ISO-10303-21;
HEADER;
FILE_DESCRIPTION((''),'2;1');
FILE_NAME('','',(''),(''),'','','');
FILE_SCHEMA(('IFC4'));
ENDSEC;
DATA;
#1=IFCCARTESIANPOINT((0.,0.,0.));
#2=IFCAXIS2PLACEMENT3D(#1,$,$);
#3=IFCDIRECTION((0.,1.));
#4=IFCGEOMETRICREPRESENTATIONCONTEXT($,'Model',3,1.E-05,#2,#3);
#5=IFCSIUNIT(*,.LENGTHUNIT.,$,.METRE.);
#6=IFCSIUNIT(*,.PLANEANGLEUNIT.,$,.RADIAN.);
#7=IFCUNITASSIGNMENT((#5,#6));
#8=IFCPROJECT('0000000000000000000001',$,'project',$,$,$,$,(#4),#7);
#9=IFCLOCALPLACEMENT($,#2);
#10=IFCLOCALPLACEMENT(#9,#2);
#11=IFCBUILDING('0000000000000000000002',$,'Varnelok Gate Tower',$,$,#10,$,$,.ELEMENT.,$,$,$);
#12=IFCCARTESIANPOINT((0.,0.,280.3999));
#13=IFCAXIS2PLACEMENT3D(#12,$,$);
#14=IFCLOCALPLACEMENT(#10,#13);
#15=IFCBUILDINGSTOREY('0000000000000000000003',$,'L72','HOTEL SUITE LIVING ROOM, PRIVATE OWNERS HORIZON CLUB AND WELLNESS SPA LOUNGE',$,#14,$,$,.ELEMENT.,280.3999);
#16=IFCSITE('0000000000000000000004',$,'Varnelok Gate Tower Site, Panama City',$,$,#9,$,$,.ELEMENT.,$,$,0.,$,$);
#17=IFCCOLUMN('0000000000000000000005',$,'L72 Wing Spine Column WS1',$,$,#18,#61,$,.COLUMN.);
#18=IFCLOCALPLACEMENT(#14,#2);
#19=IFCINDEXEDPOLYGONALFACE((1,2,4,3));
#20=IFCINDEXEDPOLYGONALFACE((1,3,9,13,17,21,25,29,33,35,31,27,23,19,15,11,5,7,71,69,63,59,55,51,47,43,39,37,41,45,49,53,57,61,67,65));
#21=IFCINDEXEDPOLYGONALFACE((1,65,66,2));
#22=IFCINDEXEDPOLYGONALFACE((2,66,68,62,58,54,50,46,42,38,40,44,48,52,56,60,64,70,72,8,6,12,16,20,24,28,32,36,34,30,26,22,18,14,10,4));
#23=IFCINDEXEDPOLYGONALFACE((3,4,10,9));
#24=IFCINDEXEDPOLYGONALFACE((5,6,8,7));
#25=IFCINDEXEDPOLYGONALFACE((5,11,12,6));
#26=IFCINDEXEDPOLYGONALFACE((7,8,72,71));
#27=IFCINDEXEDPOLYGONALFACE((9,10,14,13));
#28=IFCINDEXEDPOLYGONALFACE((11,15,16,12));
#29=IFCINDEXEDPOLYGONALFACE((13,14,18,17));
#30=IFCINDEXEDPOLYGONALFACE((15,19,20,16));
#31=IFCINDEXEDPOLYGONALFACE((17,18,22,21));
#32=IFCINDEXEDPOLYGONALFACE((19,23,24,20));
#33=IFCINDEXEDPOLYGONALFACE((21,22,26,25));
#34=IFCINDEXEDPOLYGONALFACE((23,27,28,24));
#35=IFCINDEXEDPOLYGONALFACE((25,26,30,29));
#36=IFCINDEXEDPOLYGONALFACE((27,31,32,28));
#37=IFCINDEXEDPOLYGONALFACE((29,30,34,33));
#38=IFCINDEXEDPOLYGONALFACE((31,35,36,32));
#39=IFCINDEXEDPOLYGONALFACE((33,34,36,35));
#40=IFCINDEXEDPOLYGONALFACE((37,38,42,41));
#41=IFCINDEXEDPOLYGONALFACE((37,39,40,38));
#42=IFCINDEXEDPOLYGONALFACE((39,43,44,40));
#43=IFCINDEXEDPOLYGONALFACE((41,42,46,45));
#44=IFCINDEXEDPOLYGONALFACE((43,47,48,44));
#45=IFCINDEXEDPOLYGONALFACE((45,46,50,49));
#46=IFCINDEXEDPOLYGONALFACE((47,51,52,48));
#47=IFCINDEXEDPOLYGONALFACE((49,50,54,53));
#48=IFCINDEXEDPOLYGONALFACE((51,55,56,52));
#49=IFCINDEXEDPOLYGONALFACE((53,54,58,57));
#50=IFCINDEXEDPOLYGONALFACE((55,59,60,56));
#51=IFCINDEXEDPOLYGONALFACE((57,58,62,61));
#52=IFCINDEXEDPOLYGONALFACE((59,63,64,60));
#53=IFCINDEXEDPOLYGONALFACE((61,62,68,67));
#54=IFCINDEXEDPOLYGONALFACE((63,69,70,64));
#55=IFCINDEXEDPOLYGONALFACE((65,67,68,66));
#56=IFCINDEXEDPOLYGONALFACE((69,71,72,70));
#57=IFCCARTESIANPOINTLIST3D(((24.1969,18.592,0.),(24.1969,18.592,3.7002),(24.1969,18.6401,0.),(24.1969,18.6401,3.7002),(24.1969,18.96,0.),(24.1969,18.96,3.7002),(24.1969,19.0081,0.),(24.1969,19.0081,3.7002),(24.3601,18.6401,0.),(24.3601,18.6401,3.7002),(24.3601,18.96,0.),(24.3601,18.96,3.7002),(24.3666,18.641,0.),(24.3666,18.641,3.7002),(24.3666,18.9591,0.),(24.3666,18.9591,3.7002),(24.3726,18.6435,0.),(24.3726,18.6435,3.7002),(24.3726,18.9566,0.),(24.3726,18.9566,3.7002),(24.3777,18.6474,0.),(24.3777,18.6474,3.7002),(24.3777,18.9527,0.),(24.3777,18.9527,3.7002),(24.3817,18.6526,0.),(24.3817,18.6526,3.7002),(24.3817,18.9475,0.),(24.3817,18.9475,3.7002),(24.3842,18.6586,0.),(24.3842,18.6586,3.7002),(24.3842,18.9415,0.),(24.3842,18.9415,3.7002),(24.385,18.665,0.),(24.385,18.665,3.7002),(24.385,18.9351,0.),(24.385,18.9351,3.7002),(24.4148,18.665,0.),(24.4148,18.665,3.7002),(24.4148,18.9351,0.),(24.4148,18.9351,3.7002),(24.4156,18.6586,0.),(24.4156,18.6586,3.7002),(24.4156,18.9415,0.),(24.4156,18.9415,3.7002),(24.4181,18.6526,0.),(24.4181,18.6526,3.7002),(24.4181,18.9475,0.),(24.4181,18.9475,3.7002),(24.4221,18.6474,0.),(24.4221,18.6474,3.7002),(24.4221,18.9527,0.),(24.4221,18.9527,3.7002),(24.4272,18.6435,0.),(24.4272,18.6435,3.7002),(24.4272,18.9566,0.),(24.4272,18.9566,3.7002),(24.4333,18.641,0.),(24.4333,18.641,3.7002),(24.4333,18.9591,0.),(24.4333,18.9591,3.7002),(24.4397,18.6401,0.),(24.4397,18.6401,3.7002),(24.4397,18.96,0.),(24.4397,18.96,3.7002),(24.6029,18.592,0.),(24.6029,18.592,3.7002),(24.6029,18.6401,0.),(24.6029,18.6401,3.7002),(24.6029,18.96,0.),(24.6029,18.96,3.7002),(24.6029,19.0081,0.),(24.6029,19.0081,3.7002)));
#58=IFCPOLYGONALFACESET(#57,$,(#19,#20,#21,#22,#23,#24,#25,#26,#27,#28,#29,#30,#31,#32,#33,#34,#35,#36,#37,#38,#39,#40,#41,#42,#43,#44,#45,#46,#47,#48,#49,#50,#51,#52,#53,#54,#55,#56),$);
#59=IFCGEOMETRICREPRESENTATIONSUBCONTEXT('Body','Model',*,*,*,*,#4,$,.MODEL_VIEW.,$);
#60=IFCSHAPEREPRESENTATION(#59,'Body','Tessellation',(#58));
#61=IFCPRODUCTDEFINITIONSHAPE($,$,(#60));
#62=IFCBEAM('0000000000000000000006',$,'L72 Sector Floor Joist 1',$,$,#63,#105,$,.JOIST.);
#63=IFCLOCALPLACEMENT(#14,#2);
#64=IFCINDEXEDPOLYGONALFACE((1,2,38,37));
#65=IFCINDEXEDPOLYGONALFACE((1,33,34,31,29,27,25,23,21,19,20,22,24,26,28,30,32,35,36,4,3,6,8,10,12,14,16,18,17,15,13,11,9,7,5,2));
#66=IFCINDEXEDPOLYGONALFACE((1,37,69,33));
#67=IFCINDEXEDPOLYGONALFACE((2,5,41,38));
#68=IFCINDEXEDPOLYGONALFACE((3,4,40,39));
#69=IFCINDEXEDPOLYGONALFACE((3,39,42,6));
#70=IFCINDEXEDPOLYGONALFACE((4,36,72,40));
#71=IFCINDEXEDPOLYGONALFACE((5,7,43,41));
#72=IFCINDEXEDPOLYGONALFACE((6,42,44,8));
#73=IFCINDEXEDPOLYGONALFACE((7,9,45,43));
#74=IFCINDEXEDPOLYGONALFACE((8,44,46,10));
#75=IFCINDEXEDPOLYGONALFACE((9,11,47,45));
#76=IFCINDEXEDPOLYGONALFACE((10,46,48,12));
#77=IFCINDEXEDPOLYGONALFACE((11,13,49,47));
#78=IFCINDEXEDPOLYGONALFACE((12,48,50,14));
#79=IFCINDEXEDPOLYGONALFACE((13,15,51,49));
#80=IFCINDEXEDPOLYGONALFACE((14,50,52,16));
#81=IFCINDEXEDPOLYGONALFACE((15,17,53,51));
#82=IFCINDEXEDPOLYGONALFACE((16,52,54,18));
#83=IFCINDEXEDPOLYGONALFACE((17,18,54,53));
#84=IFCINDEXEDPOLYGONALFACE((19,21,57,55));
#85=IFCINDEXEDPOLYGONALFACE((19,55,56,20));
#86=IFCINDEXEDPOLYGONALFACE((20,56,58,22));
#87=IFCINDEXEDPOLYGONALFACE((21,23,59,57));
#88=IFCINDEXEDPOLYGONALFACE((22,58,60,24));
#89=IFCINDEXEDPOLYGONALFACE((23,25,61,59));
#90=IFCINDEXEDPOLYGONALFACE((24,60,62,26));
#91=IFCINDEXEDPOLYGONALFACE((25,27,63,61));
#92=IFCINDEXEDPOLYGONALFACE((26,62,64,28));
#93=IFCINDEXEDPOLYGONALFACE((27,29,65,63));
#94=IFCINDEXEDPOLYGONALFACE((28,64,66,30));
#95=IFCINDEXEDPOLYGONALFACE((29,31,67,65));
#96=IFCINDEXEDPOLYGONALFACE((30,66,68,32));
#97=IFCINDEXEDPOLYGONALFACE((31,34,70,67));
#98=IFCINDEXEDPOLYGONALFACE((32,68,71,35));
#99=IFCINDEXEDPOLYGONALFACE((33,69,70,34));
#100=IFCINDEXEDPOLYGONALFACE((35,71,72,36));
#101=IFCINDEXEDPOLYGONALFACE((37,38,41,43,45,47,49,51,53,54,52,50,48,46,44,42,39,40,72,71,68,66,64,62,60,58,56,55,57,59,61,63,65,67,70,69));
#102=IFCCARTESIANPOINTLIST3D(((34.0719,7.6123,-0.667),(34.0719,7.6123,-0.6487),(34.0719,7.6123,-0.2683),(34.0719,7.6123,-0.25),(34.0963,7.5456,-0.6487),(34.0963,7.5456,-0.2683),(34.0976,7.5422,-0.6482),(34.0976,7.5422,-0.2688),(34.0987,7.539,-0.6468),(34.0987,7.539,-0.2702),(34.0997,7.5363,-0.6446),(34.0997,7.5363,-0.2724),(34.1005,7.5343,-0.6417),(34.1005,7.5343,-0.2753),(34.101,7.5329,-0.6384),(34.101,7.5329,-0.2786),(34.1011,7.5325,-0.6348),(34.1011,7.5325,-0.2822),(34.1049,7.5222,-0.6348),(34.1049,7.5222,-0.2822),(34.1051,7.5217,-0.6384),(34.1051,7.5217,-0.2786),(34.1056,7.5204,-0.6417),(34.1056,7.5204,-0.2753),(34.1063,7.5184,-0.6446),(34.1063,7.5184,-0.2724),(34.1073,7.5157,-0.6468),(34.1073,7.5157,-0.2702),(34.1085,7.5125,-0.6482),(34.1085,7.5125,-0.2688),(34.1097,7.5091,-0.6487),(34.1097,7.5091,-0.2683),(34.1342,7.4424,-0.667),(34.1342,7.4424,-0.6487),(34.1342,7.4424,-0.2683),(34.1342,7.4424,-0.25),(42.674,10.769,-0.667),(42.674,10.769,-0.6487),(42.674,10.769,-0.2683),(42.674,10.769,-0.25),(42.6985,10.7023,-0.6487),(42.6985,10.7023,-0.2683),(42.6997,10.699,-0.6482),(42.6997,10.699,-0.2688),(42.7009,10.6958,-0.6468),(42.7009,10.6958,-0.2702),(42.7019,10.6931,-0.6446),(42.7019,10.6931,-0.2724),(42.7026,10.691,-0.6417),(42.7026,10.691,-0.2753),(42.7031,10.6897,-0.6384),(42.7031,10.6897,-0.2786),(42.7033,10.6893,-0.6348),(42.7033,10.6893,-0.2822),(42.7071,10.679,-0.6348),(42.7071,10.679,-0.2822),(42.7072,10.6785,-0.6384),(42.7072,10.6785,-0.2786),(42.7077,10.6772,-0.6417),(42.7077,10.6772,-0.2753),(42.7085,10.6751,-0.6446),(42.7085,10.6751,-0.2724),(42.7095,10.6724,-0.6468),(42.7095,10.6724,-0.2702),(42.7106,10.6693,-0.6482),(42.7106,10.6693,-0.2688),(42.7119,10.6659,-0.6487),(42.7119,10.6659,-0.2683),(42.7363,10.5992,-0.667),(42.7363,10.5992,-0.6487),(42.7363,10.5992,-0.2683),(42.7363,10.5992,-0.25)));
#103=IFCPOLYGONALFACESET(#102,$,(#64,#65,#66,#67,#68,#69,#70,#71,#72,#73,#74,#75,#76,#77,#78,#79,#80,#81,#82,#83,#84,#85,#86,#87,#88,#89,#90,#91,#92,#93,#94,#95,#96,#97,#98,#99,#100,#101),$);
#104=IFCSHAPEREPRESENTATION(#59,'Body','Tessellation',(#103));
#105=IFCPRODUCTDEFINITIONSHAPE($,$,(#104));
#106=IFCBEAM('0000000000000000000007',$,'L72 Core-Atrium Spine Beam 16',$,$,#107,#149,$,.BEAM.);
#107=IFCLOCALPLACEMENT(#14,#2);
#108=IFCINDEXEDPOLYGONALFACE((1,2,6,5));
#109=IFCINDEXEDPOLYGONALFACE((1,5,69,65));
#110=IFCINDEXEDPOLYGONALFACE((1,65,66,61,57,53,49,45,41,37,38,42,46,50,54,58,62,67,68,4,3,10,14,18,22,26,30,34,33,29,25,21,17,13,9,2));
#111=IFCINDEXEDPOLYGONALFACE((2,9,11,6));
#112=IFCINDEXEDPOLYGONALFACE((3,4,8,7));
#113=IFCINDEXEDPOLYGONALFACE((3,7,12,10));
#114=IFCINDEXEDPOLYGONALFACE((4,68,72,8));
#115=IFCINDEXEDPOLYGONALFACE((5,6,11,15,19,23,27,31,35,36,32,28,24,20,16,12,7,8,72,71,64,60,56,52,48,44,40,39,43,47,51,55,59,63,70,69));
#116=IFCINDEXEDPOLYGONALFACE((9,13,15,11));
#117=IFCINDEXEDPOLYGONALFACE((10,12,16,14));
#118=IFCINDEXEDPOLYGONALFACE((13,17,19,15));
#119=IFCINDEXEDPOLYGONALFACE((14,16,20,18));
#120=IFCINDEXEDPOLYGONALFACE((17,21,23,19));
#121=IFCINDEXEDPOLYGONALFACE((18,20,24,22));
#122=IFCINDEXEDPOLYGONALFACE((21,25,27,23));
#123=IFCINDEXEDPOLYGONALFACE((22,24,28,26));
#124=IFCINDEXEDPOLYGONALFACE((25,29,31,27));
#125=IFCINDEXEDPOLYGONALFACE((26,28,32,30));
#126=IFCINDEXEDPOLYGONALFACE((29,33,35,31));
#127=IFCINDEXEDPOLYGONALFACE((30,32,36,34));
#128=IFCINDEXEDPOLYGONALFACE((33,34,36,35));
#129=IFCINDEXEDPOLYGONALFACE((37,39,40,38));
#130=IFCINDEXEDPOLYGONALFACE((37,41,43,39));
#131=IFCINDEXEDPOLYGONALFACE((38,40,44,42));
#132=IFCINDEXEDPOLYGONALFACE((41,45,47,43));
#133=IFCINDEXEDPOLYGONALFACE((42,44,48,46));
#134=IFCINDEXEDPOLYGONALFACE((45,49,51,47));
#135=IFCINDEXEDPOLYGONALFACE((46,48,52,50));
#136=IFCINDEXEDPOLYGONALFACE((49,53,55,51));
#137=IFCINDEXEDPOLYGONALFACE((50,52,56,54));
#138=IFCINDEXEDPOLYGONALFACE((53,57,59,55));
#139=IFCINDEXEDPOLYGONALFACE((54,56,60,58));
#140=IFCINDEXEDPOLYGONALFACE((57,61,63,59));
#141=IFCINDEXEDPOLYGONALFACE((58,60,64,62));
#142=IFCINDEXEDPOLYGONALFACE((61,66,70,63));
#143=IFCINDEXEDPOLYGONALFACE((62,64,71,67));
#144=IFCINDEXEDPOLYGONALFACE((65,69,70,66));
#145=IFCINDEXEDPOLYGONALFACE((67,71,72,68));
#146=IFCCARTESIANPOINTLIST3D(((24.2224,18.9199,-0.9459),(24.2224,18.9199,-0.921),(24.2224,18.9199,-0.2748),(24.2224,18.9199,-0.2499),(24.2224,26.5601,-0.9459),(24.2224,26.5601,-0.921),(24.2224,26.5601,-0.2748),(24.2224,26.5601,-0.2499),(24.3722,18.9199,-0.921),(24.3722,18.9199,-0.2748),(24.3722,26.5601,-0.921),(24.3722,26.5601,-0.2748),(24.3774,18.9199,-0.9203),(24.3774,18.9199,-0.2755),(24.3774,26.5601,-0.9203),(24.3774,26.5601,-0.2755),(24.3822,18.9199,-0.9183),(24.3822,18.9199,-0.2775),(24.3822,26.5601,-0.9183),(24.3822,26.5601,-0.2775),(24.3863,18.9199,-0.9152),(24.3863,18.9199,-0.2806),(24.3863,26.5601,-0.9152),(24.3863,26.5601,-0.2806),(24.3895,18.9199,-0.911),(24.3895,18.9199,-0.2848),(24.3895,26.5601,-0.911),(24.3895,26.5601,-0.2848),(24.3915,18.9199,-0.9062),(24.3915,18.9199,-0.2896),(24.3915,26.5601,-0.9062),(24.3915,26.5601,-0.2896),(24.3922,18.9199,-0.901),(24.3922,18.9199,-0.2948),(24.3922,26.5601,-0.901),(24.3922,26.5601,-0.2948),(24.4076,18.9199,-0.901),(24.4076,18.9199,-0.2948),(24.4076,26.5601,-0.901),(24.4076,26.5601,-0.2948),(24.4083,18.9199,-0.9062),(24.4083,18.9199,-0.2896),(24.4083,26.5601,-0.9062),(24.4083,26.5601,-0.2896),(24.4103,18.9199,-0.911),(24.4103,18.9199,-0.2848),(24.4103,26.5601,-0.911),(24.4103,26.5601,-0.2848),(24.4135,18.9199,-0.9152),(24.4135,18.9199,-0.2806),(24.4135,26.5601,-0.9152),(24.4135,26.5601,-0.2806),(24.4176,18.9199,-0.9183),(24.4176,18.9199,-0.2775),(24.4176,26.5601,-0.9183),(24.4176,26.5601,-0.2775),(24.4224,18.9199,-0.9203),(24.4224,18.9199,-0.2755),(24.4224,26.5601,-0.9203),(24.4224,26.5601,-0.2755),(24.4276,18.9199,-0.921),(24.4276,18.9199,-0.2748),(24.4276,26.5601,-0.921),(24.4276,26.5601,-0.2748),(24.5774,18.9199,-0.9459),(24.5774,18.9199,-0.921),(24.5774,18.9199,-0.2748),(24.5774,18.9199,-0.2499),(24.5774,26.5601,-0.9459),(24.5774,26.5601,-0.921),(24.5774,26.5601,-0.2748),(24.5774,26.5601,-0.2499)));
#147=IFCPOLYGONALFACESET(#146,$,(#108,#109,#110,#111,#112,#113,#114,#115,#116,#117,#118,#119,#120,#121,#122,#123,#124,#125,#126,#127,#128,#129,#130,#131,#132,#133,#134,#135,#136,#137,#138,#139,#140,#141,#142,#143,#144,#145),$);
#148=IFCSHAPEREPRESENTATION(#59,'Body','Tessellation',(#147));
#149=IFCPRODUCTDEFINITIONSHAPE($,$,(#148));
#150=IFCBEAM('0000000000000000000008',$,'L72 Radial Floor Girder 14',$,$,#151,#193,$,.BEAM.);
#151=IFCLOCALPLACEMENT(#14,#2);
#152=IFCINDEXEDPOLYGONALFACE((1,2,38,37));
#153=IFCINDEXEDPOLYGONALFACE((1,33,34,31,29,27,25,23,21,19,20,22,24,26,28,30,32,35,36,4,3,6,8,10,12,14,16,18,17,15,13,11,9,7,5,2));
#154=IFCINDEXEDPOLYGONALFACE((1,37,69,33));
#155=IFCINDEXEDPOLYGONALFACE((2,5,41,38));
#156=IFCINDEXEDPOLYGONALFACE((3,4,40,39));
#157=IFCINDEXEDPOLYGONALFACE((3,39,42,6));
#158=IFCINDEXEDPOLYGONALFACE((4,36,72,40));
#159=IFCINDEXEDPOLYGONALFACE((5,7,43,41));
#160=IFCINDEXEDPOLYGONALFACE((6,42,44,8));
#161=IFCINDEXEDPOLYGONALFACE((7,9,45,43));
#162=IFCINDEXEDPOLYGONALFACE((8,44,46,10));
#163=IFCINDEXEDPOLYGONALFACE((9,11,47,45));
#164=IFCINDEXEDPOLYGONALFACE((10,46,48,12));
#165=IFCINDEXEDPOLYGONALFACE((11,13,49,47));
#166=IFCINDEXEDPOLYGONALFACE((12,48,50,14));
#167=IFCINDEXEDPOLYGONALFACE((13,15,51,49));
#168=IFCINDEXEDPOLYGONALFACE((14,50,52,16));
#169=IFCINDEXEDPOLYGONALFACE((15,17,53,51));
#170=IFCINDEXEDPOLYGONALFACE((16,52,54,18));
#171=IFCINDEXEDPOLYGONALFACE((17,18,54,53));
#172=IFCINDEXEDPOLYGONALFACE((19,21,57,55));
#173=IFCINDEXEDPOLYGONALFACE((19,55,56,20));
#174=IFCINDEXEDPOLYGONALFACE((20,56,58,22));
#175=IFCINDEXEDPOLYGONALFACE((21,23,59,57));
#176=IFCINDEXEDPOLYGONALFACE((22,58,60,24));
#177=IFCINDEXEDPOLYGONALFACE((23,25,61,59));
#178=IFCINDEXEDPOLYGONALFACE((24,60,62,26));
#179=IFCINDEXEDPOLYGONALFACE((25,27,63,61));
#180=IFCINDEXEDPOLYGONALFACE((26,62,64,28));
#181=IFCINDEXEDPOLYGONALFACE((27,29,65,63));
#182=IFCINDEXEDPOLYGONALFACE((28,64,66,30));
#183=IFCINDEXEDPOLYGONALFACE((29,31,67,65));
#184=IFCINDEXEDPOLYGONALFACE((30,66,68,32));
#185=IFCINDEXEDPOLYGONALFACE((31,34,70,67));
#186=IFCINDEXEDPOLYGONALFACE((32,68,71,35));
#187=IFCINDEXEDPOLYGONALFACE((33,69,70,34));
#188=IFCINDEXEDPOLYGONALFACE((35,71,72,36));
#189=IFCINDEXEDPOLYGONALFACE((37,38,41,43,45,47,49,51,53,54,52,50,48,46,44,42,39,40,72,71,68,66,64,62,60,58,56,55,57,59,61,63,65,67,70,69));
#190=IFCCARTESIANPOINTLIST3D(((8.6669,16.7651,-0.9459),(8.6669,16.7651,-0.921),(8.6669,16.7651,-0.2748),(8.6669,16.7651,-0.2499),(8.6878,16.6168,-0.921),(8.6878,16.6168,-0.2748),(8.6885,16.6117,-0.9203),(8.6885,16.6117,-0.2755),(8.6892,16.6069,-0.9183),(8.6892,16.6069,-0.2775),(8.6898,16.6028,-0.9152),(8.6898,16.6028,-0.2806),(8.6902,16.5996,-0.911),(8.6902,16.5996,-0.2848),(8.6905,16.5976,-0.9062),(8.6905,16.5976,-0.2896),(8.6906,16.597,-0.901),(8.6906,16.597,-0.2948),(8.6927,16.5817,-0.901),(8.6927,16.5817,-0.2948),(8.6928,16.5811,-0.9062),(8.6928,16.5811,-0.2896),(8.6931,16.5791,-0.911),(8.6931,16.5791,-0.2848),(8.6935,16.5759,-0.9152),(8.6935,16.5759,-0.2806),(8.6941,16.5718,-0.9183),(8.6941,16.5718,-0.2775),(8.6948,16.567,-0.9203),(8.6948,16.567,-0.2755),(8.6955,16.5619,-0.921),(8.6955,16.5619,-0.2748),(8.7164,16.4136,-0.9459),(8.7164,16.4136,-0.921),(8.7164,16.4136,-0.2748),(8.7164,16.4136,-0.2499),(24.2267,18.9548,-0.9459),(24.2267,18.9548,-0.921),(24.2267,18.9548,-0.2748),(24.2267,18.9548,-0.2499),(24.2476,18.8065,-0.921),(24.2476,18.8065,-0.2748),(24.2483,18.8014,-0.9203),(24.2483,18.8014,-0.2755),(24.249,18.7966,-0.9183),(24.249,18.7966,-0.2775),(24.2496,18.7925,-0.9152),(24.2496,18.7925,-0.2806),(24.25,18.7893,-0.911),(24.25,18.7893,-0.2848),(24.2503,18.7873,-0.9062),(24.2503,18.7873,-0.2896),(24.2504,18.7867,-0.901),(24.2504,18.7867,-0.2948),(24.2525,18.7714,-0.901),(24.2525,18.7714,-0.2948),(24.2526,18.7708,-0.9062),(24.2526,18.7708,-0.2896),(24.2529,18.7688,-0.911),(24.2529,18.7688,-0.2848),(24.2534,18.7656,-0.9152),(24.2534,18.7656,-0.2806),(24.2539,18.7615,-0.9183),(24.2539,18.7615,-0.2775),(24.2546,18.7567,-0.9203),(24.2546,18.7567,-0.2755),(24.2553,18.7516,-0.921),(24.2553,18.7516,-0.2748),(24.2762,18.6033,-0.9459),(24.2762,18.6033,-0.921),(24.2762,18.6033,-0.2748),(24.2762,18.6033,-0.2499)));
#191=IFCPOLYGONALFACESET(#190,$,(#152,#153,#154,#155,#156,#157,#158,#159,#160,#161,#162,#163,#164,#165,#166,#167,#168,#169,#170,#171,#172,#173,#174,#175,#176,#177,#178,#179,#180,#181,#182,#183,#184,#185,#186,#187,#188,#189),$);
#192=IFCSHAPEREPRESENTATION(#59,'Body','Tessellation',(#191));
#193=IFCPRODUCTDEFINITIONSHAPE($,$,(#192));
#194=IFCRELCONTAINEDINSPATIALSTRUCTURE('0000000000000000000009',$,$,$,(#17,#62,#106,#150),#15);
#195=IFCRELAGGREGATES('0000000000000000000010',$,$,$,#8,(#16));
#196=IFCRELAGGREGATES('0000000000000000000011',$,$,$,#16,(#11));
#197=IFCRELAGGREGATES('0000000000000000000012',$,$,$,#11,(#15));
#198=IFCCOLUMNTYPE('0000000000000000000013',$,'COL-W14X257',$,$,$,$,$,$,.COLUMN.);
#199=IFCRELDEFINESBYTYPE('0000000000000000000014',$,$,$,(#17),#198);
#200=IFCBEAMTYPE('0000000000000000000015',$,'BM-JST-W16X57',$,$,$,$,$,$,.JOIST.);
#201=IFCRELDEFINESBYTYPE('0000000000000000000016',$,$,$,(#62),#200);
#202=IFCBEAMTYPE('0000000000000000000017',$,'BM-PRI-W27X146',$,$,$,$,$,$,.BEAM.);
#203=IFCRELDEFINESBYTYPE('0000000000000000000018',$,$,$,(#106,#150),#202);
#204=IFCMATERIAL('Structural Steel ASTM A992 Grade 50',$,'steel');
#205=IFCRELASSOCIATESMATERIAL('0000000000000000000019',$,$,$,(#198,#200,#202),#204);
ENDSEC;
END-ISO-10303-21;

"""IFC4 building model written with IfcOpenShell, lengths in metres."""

from ifc_helpers import new_model, si_unit, direction, frame, origin, origin_2d, place, context, subcontext, project, spatial, i_section, extrude, material, material_profile, profile_set, type_object, element, save


model = new_model("IFC4")

# Units and contexts
model_context = context("Model", 3, precision=1e-05, world=origin(), true_north=direction((0.0, 1.0)))
body_context = subcontext(model_context, "Body", "Model", "MODEL_VIEW")
ifc_project = project(units=[si_unit("LENGTHUNIT", "METRE"), si_unit("PLANEANGLEUNIT", "RADIAN")], contexts=[model_context])

# Site, building, storey
site_placement = place(None, origin())
site = spatial("IfcSite", under=ifc_project, at=site_placement, Name="Varnelok Gate Tower Site, Panama City", CompositionType="ELEMENT", RefElevation=0.0)
building_placement = place(site_placement, origin())
building = spatial("IfcBuilding", under=site, at=building_placement, Name="Varnelok Gate Tower", CompositionType="ELEMENT")
storey_placement = place(building_placement, frame((0.0, 0.0, 280.3999)))
storey = spatial("IfcBuildingStorey", under=building, at=storey_placement, Name="L72", Description="HOTEL SUITE LIVING ROOM, PRIVATE OWNERS HORIZON CLUB AND WELLNESS SPA LOUNGE", CompositionType="ELEMENT", Elevation=280.3999)

# Column
ifc_material_1 = material(Name="Structural Steel ASTM A992 Grade 50", Category="steel")
ifc_material_profile_1 = material_profile(ifc_material_1, i_section(OverallWidth=0.406, OverallDepth=0.416, WebThickness=0.0298, FlangeThickness=0.0481, FilletRadius=0.0249, at=origin_2d()), Name="W14X257")
ifc_profile_set_1 = profile_set([ifc_material_profile_1], Name="Structural Steel ASTM A992 Grade 50")
column_type = type_object("IfcColumnType", Name="COL-W14X257", PredefinedType="COLUMN", material=ifc_profile_set_1)
column_placement = place(storey_placement, frame((24.3999, 18.8, 0.0), z_axis=(0.0, 0.0, 1.0), x_axis=(1.0, 0.0, 0.0)))
element("IfcColumn", 1, at=column_placement, inside=storey, type_object=column_type, Name="L72 Wing Spine Column WS1", PredefinedType="COLUMN", context=body_context, shape_type="SweptSolid", body=[
    extrude(i_section(OverallWidth=0.406, OverallDepth=0.416, WebThickness=0.0298, FlangeThickness=0.0481, FilletRadius=0.0249, at=origin_2d()), origin(), (0.0, 0.0, 1.0), 3.7002),
])

# Beams
ifc_material_profile_2 = material_profile(ifc_material_1, i_section(OverallWidth=0.1809, OverallDepth=0.417, WebThickness=0.011, FlangeThickness=0.0183, FilletRadius=0.0139, at=origin_2d()), Name="W16X57")
ifc_profile_set_2 = profile_set([ifc_material_profile_2], Name="Structural Steel ASTM A992 Grade 50")
beam_type_1 = type_object("IfcBeamType", Name="BM-JST-W16X57", PredefinedType="JOIST", material=ifc_profile_set_2)
beam_1_placement = place(storey_placement, frame((34.103, 7.5273, -0.4585), z_axis=(0.938783, 0.34451, 0.0), x_axis=(-0.34451, 0.938783, 0.0)))
element("IfcBeam", 2, at=beam_1_placement, inside=storey, type_object=beam_type_1, Name="L72 Sector Floor Joist 1", PredefinedType="JOIST", context=body_context, shape_type="SweptSolid", body=[
    extrude(i_section(OverallWidth=0.1809, OverallDepth=0.417, WebThickness=0.011, FlangeThickness=0.0183, FilletRadius=0.0139, at=origin_2d()), origin(), (0.0, 0.0, 1.0), 9.1631),
])
ifc_material_profile_3 = material_profile(ifc_material_1, i_section(OverallWidth=0.355, OverallDepth=0.696, WebThickness=0.0154, FlangeThickness=0.0249, FilletRadius=0.02, at=origin_2d()), Name="W27X146")
ifc_profile_set_3 = profile_set([ifc_material_profile_3], Name="Structural Steel ASTM A992 Grade 50")
beam_type_2 = type_object("IfcBeamType", Name="BM-PRI-W27X146", PredefinedType="BEAM", material=ifc_profile_set_3)
beam_2_placement = place(storey_placement, frame((24.3999, 18.9199, -0.5979), z_axis=(0.0, 1.0, 0.0), x_axis=(-1.0, 0.0, 0.0)))
element("IfcBeam", 3, at=beam_2_placement, inside=storey, type_object=beam_type_2, Name="L72 Core-Atrium Spine Beam 16", PredefinedType="BEAM", context=body_context, shape_type="SweptSolid", body=[
    extrude(i_section(OverallWidth=0.355, OverallDepth=0.696, WebThickness=0.0154, FlangeThickness=0.0249, FilletRadius=0.02, at=origin_2d()), origin(), (0.0, 0.0, 1.0), 7.6401),
])
beam_3_placement = place(storey_placement, frame((24.2515, 18.7791, -0.5979), z_axis=(-0.990243, -0.139355, 0.0), x_axis=(0.139355, -0.990243, 0.0)))
element("IfcBeam", 4, at=beam_3_placement, inside=storey, type_object=beam_type_2, Name="L72 Radial Floor Girder 14", PredefinedType="BEAM", context=body_context, shape_type="SweptSolid", body=[
    extrude(i_section(OverallWidth=0.355, OverallDepth=0.696, WebThickness=0.0154, FlangeThickness=0.0249, FilletRadius=0.02, at=origin_2d()), origin(), (0.0, 0.0, 1.0), 15.7131),
])

save(model, "model.ifc")
